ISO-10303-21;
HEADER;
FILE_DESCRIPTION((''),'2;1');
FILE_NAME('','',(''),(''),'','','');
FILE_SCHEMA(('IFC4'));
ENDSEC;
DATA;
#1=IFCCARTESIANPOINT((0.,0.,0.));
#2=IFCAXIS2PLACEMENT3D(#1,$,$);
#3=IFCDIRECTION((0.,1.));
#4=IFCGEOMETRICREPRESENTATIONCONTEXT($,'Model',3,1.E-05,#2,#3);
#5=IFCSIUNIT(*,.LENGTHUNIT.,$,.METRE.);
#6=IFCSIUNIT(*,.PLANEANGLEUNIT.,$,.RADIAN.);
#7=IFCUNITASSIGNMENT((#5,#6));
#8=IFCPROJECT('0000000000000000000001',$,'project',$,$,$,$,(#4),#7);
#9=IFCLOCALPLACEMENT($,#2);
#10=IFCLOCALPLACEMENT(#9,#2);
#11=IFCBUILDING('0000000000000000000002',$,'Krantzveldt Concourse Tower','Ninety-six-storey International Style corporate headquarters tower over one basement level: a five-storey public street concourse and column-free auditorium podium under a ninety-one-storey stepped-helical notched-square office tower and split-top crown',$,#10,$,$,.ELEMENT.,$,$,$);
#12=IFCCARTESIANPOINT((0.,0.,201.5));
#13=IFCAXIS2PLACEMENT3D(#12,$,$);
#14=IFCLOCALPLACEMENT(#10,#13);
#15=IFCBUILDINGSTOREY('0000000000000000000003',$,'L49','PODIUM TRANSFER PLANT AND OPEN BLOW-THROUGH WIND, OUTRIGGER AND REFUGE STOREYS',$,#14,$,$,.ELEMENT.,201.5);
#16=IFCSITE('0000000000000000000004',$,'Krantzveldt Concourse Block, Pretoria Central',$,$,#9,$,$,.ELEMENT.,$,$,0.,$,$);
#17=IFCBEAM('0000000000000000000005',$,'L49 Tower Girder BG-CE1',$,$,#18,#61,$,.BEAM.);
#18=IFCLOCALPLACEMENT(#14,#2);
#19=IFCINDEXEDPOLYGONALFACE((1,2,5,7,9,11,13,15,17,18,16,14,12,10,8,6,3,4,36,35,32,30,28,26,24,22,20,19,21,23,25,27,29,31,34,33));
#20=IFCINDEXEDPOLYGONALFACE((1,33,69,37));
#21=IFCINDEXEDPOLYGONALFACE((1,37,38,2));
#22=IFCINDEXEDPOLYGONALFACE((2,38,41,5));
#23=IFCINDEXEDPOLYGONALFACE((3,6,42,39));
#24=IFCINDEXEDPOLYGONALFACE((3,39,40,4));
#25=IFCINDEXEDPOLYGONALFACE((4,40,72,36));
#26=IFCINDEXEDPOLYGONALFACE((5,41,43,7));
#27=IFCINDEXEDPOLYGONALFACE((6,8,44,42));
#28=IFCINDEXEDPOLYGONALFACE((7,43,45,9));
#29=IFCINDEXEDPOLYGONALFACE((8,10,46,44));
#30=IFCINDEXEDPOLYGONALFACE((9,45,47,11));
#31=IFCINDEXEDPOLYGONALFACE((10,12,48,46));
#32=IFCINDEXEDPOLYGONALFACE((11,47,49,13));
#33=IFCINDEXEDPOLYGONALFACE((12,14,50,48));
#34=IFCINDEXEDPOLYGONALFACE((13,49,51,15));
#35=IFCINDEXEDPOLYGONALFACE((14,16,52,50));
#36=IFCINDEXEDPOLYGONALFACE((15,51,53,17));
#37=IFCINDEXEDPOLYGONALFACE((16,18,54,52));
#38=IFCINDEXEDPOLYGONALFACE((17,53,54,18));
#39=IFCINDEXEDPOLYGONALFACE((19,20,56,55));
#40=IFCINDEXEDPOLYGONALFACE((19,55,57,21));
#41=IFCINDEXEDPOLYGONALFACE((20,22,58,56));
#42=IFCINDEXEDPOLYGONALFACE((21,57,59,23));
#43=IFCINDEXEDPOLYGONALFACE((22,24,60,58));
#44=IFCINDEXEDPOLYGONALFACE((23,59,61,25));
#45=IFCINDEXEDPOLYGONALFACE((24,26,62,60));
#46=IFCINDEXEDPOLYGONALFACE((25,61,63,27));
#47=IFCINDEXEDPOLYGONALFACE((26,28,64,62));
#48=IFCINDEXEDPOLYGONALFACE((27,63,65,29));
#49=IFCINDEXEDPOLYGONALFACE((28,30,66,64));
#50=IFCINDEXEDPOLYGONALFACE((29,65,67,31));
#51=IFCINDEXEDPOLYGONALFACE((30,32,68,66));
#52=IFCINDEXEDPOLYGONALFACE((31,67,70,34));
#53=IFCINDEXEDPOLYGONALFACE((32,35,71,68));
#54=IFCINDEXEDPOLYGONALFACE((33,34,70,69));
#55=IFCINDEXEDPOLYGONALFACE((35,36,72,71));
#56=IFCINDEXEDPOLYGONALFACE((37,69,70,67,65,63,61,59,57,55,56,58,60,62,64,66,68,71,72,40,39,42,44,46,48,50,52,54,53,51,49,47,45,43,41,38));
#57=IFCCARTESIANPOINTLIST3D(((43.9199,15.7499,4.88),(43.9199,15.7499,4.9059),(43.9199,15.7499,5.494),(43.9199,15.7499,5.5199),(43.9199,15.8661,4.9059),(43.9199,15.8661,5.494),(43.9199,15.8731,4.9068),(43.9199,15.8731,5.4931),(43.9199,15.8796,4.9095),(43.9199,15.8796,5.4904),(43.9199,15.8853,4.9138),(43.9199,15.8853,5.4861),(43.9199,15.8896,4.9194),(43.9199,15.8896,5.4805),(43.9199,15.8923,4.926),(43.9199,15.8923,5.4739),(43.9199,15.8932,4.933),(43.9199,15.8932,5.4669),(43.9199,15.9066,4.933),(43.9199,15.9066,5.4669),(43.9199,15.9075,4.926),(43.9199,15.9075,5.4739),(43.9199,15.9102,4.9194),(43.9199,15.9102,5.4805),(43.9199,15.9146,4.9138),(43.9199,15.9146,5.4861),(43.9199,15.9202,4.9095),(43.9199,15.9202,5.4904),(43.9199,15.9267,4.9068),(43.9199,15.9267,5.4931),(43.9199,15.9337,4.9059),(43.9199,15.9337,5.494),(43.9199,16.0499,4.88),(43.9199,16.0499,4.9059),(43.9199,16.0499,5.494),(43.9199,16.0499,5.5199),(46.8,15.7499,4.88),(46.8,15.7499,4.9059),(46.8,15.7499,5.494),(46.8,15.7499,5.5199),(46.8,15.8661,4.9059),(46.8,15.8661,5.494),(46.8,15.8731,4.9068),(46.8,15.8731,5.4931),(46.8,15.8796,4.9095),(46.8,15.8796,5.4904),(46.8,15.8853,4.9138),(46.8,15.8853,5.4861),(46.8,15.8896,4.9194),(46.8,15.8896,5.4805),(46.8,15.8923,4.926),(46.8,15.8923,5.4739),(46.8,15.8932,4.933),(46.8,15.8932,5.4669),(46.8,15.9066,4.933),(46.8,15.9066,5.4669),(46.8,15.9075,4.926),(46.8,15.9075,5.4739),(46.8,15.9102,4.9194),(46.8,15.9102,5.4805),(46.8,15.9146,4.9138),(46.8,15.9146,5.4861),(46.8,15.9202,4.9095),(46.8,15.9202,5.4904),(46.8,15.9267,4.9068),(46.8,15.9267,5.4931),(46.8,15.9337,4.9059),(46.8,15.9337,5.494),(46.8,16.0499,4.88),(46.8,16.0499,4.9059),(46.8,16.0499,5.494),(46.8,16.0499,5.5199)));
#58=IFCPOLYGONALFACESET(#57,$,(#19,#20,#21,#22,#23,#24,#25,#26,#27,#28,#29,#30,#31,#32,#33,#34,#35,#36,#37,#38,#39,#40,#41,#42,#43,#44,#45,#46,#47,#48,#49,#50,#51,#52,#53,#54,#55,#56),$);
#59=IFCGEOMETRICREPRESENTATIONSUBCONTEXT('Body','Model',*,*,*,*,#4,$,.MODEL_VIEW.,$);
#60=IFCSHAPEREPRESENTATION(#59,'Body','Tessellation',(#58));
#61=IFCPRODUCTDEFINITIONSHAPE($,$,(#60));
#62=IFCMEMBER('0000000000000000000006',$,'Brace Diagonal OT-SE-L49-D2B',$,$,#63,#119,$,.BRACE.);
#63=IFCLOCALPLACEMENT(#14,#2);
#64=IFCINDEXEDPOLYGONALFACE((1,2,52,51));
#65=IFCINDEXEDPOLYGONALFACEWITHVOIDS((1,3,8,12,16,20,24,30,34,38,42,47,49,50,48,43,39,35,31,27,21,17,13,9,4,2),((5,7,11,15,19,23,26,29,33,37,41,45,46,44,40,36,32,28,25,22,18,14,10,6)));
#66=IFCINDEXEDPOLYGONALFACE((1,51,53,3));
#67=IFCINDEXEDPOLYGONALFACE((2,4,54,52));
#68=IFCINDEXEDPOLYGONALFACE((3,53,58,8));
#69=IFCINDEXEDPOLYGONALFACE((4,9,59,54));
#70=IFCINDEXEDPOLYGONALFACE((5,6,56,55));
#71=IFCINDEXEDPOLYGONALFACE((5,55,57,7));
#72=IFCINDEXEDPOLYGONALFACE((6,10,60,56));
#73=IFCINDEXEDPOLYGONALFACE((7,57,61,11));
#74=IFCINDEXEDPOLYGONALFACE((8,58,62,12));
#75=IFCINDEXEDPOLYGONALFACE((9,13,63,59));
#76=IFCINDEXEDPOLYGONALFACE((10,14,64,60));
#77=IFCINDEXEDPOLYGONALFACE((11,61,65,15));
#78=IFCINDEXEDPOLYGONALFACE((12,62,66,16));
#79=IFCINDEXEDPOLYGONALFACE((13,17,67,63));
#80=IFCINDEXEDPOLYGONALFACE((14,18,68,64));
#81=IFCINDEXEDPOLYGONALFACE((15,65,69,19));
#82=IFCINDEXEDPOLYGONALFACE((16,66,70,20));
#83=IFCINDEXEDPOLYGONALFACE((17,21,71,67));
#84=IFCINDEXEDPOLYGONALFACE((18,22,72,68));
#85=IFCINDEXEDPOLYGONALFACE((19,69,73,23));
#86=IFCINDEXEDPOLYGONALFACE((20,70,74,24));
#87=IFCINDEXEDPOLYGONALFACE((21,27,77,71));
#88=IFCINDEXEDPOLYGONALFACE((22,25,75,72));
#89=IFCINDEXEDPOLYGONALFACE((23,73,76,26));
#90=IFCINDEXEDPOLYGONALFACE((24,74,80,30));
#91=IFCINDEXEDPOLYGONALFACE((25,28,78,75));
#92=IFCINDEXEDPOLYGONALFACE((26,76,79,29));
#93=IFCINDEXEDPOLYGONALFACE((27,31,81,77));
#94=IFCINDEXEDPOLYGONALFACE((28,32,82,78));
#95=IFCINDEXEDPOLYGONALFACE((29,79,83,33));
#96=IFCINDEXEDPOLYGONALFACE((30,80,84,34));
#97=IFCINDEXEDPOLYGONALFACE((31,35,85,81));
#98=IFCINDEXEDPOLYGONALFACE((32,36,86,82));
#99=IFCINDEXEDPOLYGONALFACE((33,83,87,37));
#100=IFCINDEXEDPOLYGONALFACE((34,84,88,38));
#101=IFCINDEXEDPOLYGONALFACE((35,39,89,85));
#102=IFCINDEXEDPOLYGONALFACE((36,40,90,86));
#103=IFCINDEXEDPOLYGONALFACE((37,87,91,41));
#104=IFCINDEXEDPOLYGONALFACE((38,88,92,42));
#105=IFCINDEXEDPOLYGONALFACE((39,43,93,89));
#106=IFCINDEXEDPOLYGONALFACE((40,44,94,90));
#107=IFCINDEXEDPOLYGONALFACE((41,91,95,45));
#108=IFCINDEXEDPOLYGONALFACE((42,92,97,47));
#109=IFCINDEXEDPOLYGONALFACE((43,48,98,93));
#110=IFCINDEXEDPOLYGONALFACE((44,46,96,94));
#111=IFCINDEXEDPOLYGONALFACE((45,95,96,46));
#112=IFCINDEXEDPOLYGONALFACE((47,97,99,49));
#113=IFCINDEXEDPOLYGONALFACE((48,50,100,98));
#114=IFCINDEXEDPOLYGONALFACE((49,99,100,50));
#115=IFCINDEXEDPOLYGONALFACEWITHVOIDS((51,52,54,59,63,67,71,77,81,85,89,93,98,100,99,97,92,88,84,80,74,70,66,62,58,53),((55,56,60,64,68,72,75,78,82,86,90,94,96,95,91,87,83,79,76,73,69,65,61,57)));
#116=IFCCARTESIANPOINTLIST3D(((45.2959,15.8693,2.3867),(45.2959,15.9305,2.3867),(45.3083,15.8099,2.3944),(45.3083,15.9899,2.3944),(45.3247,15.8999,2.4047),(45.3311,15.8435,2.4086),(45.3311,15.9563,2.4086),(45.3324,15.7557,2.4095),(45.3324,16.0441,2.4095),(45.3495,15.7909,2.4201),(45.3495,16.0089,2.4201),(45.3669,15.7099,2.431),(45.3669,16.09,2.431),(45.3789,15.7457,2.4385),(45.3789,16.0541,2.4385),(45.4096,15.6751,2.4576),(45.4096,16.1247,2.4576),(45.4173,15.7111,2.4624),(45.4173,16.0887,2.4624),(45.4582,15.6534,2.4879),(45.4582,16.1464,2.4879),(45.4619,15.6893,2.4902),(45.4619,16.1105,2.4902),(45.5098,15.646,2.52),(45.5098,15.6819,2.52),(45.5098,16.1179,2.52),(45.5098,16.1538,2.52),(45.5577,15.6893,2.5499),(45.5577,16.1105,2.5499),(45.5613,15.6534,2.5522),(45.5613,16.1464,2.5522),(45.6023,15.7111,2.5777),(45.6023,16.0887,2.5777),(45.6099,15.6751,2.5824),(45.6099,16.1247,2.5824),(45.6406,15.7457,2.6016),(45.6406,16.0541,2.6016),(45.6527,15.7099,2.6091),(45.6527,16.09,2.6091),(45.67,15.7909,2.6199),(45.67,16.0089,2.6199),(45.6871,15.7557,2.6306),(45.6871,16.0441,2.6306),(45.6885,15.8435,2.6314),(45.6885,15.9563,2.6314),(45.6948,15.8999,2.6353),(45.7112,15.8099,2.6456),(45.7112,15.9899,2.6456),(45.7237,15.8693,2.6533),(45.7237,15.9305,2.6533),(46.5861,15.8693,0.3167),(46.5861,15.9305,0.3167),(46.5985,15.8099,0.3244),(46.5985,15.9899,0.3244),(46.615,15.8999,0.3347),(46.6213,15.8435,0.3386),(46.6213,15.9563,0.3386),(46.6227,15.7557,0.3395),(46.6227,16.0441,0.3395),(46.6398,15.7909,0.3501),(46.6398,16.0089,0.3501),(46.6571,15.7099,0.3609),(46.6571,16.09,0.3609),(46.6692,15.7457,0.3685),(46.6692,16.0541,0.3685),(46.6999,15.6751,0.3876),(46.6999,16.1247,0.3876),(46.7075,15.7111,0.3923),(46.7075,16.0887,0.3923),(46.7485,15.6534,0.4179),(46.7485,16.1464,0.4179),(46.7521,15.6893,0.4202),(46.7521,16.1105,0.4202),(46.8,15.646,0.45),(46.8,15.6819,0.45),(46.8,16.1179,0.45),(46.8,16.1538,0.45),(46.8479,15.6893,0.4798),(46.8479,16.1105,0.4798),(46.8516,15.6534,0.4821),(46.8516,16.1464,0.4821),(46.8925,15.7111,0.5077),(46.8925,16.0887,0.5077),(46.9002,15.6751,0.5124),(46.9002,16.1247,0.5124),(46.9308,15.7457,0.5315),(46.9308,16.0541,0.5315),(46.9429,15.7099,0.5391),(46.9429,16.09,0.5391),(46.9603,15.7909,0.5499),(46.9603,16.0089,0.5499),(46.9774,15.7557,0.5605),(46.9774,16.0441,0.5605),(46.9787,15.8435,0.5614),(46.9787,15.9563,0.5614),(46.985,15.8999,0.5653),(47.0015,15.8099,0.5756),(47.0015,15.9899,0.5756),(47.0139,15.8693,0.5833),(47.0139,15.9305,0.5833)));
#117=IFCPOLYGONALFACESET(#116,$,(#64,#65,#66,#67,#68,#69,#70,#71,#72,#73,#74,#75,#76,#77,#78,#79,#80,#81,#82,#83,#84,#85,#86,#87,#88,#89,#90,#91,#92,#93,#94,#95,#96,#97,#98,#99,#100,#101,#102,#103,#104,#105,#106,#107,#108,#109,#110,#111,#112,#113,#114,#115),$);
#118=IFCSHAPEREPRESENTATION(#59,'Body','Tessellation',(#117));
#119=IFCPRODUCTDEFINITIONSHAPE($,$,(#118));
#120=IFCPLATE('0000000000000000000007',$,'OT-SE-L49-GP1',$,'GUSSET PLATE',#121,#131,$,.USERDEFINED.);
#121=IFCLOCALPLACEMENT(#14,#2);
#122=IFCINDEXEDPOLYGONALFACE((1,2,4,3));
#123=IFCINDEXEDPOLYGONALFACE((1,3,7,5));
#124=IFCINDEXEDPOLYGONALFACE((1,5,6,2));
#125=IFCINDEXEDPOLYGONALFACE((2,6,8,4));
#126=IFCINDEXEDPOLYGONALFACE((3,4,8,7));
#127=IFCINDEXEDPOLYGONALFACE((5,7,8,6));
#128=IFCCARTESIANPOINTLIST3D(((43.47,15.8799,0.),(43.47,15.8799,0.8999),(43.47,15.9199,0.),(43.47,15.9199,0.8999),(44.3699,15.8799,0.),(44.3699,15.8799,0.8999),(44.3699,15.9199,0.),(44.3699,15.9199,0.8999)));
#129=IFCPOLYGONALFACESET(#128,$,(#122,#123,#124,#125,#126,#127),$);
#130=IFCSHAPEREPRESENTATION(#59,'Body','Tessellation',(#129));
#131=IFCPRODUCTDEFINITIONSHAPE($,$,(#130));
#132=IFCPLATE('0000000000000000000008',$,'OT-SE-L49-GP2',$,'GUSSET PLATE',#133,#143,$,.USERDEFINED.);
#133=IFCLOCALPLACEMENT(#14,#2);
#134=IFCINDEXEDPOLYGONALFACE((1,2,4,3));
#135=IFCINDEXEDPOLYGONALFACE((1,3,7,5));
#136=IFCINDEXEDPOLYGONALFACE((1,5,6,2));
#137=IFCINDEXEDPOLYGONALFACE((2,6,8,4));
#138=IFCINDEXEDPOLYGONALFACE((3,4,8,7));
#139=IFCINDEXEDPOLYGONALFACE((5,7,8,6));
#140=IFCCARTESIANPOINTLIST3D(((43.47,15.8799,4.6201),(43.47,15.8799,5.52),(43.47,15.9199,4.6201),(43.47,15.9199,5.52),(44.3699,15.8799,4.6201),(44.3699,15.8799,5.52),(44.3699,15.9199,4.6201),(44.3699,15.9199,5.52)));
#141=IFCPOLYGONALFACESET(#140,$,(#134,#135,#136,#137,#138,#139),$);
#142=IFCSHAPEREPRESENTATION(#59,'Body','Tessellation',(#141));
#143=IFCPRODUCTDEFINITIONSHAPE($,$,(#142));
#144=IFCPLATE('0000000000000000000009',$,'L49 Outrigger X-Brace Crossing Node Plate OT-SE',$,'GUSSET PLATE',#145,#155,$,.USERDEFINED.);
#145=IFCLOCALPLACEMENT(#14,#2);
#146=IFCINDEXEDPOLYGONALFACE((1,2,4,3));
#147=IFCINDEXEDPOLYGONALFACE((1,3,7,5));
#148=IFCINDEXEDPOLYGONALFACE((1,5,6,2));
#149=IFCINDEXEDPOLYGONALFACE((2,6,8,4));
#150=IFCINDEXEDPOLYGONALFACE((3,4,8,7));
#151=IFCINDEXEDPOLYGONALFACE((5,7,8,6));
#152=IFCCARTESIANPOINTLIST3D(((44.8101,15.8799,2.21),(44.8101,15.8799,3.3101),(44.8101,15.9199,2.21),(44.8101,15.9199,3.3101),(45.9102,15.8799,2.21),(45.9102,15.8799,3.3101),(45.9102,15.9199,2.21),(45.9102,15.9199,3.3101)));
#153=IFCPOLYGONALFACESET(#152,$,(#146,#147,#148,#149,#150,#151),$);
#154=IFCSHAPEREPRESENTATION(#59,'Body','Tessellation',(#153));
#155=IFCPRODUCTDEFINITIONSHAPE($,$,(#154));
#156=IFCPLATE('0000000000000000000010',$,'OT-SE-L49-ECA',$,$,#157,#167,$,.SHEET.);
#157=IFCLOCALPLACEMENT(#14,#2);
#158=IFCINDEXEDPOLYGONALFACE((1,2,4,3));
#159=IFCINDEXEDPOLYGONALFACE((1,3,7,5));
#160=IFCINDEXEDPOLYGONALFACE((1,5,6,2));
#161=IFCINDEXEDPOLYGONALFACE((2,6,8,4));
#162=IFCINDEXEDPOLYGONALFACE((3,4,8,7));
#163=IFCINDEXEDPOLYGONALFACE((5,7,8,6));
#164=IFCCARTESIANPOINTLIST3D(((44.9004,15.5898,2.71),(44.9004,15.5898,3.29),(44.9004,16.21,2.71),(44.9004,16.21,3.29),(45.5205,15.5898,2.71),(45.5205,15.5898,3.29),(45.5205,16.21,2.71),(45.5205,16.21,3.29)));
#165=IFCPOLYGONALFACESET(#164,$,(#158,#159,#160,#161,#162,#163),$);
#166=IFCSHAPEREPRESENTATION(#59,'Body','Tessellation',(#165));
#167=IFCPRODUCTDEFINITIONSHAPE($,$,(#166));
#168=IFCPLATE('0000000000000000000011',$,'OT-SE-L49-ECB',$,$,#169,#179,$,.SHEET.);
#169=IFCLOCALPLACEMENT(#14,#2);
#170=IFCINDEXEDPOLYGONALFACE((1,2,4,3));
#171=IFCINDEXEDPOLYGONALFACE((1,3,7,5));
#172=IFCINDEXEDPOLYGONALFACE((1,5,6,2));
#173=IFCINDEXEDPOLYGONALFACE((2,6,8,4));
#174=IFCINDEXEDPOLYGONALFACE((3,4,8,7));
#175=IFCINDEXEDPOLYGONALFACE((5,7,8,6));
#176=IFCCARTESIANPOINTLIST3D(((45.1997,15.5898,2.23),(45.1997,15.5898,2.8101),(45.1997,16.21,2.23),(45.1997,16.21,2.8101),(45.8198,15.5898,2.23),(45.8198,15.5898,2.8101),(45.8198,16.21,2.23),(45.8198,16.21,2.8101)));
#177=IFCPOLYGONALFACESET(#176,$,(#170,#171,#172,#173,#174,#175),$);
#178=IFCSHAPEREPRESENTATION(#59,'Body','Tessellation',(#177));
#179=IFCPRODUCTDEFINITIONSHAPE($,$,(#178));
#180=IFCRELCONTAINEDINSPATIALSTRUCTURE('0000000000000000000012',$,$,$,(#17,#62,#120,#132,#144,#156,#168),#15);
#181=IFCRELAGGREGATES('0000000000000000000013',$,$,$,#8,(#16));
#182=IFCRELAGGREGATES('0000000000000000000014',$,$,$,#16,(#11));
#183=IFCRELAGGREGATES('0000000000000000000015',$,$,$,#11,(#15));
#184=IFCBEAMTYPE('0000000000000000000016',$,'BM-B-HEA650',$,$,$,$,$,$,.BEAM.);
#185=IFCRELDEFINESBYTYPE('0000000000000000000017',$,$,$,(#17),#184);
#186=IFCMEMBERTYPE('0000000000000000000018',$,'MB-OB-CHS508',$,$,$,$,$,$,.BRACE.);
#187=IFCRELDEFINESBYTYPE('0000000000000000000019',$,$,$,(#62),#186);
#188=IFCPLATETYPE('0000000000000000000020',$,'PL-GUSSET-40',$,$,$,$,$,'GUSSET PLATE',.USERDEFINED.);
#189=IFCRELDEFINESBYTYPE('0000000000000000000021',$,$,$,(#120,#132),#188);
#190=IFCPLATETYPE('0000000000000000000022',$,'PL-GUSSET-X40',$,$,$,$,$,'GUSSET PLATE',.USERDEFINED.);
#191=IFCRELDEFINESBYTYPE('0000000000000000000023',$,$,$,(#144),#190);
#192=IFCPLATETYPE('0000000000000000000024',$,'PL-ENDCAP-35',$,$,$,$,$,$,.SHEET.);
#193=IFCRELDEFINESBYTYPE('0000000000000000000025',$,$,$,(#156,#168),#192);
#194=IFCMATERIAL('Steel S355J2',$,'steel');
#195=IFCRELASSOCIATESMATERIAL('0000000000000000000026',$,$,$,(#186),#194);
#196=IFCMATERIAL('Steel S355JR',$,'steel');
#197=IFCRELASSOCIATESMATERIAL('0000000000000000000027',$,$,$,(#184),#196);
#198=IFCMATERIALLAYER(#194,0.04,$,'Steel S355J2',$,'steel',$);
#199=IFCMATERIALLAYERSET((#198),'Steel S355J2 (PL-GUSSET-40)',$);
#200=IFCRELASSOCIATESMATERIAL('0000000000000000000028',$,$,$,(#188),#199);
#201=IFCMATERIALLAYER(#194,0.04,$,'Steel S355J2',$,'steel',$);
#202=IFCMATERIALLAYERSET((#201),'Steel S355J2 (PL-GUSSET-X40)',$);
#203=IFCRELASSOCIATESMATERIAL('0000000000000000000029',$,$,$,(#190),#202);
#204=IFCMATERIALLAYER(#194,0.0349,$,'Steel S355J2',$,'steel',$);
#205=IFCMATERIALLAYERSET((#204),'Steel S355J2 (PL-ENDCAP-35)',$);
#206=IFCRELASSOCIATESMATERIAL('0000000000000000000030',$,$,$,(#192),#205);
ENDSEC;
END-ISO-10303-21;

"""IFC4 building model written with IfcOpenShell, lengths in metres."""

from ifc_helpers import new_model, si_unit, direction, frame, origin, origin_2d, place, context, subcontext, project, spatial, rectangle, hollow_circle, i_section, extrude, source, transform, mapped, material, layer, layer_set, material_profile, profile_set, type_object, type_shapes, element, save


model = new_model("IFC4")

# Units and contexts
model_context = context("Model", 3, precision=1e-05, world=origin(), true_north=direction((0.0, 1.0)))
body_context = subcontext(model_context, "Body", "Model", "MODEL_VIEW")
ifc_project = project(units=[si_unit("LENGTHUNIT", "METRE"), si_unit("PLANEANGLEUNIT", "RADIAN")], contexts=[model_context])

# Site, building, storey
site_placement = place(None, origin())
site = spatial("IfcSite", under=ifc_project, at=site_placement, Name="Krantzveldt Concourse Block, Pretoria Central", CompositionType="ELEMENT", RefElevation=0.0)
building_placement = place(site_placement, origin())
building = spatial("IfcBuilding", under=site, at=building_placement, Name="Krantzveldt Concourse Tower", Description="Ninety-six-storey International Style corporate headquarters tower over one basement level: a five-storey public street concourse and column-free auditorium podium under a ninety-one-storey stepped-helical notched-square office tower and split-top crown", CompositionType="ELEMENT")
storey_placement = place(building_placement, frame((0.0, 0.0, 201.5)))
storey = spatial("IfcBuildingStorey", under=building, at=storey_placement, Name="L49", Description="PODIUM TRANSFER PLANT AND OPEN BLOW-THROUGH WIND, OUTRIGGER AND REFUGE STOREYS", CompositionType="ELEMENT", Elevation=201.5)

# Shared definitions
ifc_material_1 = material(Name="Steel S355J2", Category="steel")

# Shared definitions
ifc_material_profile_1 = material_profile(ifc_material_1, hollow_circle(Radius=0.2539, WallThickness=0.0359, at=origin_2d()), Name="Steel S355J2", Category="steel")
ifc_profile_set_1 = profile_set([ifc_material_profile_1], Name="Steel S355J2 - CHS 508x36")
member_type = type_object("IfcMemberType", Name="MB-OB-CHS508", PredefinedType="BRACE", material=ifc_profile_set_1)

# Beam
ifc_material_2 = material(Name="Steel S355JR", Category="steel")
ifc_material_profile_2 = material_profile(ifc_material_2, i_section(OverallWidth=0.3, OverallDepth=0.6399, WebThickness=0.0134, FlangeThickness=0.0259, FilletRadius=0.0271, at=origin_2d()), Name="Steel S355JR", Category="steel")
ifc_profile_set_2 = profile_set([ifc_material_profile_2], Name="Steel S355JR - HEA 650")
beam_type_1 = type_object("IfcBeamType", Name="BM-B-HEA650", PredefinedType="BEAM", material=ifc_profile_set_2)
shared_shape_1 = source(origin(), body_context, "Body", "SweptSolid", [
    extrude(i_section(OverallWidth=0.3, OverallDepth=0.6399, WebThickness=0.0134, FlangeThickness=0.0259, FilletRadius=0.0271, at=origin_2d()), origin(), (0.0, 0.0, 1.0), 2.8801),
])
type_shapes(beam_type_1, [shared_shape_1])
beam_1_placement = place(storey_placement, frame((43.9199, 15.8999, 5.2), z_axis=(1.0, 0.0, 0.0), x_axis=(0.0, 1.0, 0.0)))
element("IfcBeam", 1, at=beam_1_placement, inside=storey, type_object=beam_type_1, Name="L49 Tower Girder BG-CE1", PredefinedType="BEAM", context=body_context, shape_type="MappedRepresentation", body=[
    mapped(shared_shape_1, transform((0.0, 0.0, 0.0), x_axis=(1.0, 0.0, 0.0), y_axis=(0.0, 1.0, 0.0), z_axis=(0.0, 0.0, 1.0), scale=1.0)),
])

# Member
shared_shape_2 = source(origin(), body_context, "Body", "SweptSolid", [
    extrude(hollow_circle(Radius=0.2539, WallThickness=0.0359, at=origin_2d()), origin(), (0.0, 0.0, 1.0), 2.4392),
])
member_1_placement = place(storey_placement, frame((45.5098, 15.8999, 2.52), z_axis=(0.528964, 0.0, -0.848644), x_axis=(0.0, 1.0, 0.0)))
element("IfcMember", 2, at=member_1_placement, inside=storey, type_object=member_type, Name="Brace Diagonal OT-SE-L49-D2B", PredefinedType="BRACE", context=body_context, shape_type="MappedRepresentation", body=[
    mapped(shared_shape_2, transform((0.0, 0.0, 0.0), x_axis=(1.0, 0.0, 0.0), y_axis=(0.0, 1.0, 0.0), z_axis=(0.0, 0.0, 1.0), scale=1.0)),
])

# Plates
ifc_layer_1 = layer(ifc_material_1, 0.04, Name="Steel S355J2", Category="steel")
ifc_layer_set_1 = layer_set([ifc_layer_1], Name="Steel S355J2 (PL-GUSSET-40)")
plate_type_1 = type_object("IfcPlateType", Name="PL-GUSSET-40", ElementType="GUSSET PLATE", PredefinedType="USERDEFINED", material=ifc_layer_set_1)
shared_shape_3 = source(origin(), body_context, "Body", "SweptSolid", [
    extrude(rectangle(XDim=0.8999, YDim=0.04, at=origin_2d()), origin(), (0.0, 0.0, 1.0), 0.8999),
])
type_shapes(plate_type_1, [shared_shape_3])
for number, where, z_axis, x_axis, name in (
    (3, (43.9199, 15.8999, 0.0), (0.0, 0.0, 1.0), (1.0, 0.0, 0.0), "OT-SE-L49-GP1"),
    (4, (43.9199, 15.8999, 4.6201), (0.0, 0.0, 1.0), (1.0, 0.0, 0.0), "OT-SE-L49-GP2"),
):
    element("IfcPlate", number, at=place(storey_placement, frame(where, z_axis=z_axis, x_axis=x_axis)), inside=storey, type_object=plate_type_1, Name=name, ObjectType="GUSSET PLATE", PredefinedType="USERDEFINED", context=body_context, shape_type="MappedRepresentation", body=[
        mapped(shared_shape_3, transform((0.0, 0.0, 0.0), x_axis=(1.0, 0.0, 0.0), y_axis=(0.0, 1.0, 0.0), z_axis=(0.0, 0.0, 1.0), scale=1.0)),
    ])
ifc_layer_2 = layer(ifc_material_1, 0.04, Name="Steel S355J2", Category="steel")
ifc_layer_set_2 = layer_set([ifc_layer_2], Name="Steel S355J2 (PL-GUSSET-X40)")
plate_type_2 = type_object("IfcPlateType", Name="PL-GUSSET-X40", ElementType="GUSSET PLATE", PredefinedType="USERDEFINED", material=ifc_layer_set_2)
shared_shape_4 = source(origin(), body_context, "Body", "SweptSolid", [
    extrude(rectangle(XDim=1.1001, YDim=0.04, at=origin_2d()), origin(), (0.0, 0.0, 1.0), 1.1001),
])
type_shapes(plate_type_2, [shared_shape_4])
plate_placement = place(storey_placement, frame((45.3601, 15.8999, 2.21), z_axis=(0.0, 0.0, 1.0), x_axis=(1.0, 0.0, 0.0)))
element("IfcPlate", 5, at=plate_placement, inside=storey, type_object=plate_type_2, Name="L49 Outrigger X-Brace Crossing Node Plate OT-SE", ObjectType="GUSSET PLATE", PredefinedType="USERDEFINED", context=body_context, shape_type="MappedRepresentation", body=[
    mapped(shared_shape_4, transform((0.0, 0.0, 0.0), x_axis=(1.0, 0.0, 0.0), y_axis=(0.0, 1.0, 0.0), z_axis=(0.0, 0.0, 1.0), scale=1.0)),
])
ifc_layer_3 = layer(ifc_material_1, 0.0349, Name="Steel S355J2", Category="steel")
ifc_layer_set_3 = layer_set([ifc_layer_3], Name="Steel S355J2 (PL-ENDCAP-35)")
plate_type_3 = type_object("IfcPlateType", Name="PL-ENDCAP-35", PredefinedType="SHEET", material=ifc_layer_set_3)
shared_shape_5 = source(origin(), body_context, "Body", "SweptSolid", [
    extrude(rectangle(XDim=0.6201, YDim=0.6201, at=origin_2d()), origin(), (0.0, 0.0, 1.0), 0.5801),
])
type_shapes(plate_type_3, [shared_shape_5])
for number, where, z_axis, x_axis, name in (
    (6, (45.2104, 15.8999, 2.71), (0.0, 0.0, 1.0), (1.0, 0.0, 0.0), "OT-SE-L49-ECA"),
    (7, (45.5098, 15.8999, 2.23), (0.0, 0.0, 1.0), (1.0, 0.0, 0.0), "OT-SE-L49-ECB"),
):
    element("IfcPlate", number, at=place(storey_placement, frame(where, z_axis=z_axis, x_axis=x_axis)), inside=storey, type_object=plate_type_3, Name=name, PredefinedType="SHEET", context=body_context, shape_type="MappedRepresentation", body=[
        mapped(shared_shape_5, transform((0.0, 0.0, 0.0), x_axis=(1.0, 0.0, 0.0), y_axis=(0.0, 1.0, 0.0), z_axis=(0.0, 0.0, 1.0), scale=1.0)),
    ])

save(model, "model.ifc")
